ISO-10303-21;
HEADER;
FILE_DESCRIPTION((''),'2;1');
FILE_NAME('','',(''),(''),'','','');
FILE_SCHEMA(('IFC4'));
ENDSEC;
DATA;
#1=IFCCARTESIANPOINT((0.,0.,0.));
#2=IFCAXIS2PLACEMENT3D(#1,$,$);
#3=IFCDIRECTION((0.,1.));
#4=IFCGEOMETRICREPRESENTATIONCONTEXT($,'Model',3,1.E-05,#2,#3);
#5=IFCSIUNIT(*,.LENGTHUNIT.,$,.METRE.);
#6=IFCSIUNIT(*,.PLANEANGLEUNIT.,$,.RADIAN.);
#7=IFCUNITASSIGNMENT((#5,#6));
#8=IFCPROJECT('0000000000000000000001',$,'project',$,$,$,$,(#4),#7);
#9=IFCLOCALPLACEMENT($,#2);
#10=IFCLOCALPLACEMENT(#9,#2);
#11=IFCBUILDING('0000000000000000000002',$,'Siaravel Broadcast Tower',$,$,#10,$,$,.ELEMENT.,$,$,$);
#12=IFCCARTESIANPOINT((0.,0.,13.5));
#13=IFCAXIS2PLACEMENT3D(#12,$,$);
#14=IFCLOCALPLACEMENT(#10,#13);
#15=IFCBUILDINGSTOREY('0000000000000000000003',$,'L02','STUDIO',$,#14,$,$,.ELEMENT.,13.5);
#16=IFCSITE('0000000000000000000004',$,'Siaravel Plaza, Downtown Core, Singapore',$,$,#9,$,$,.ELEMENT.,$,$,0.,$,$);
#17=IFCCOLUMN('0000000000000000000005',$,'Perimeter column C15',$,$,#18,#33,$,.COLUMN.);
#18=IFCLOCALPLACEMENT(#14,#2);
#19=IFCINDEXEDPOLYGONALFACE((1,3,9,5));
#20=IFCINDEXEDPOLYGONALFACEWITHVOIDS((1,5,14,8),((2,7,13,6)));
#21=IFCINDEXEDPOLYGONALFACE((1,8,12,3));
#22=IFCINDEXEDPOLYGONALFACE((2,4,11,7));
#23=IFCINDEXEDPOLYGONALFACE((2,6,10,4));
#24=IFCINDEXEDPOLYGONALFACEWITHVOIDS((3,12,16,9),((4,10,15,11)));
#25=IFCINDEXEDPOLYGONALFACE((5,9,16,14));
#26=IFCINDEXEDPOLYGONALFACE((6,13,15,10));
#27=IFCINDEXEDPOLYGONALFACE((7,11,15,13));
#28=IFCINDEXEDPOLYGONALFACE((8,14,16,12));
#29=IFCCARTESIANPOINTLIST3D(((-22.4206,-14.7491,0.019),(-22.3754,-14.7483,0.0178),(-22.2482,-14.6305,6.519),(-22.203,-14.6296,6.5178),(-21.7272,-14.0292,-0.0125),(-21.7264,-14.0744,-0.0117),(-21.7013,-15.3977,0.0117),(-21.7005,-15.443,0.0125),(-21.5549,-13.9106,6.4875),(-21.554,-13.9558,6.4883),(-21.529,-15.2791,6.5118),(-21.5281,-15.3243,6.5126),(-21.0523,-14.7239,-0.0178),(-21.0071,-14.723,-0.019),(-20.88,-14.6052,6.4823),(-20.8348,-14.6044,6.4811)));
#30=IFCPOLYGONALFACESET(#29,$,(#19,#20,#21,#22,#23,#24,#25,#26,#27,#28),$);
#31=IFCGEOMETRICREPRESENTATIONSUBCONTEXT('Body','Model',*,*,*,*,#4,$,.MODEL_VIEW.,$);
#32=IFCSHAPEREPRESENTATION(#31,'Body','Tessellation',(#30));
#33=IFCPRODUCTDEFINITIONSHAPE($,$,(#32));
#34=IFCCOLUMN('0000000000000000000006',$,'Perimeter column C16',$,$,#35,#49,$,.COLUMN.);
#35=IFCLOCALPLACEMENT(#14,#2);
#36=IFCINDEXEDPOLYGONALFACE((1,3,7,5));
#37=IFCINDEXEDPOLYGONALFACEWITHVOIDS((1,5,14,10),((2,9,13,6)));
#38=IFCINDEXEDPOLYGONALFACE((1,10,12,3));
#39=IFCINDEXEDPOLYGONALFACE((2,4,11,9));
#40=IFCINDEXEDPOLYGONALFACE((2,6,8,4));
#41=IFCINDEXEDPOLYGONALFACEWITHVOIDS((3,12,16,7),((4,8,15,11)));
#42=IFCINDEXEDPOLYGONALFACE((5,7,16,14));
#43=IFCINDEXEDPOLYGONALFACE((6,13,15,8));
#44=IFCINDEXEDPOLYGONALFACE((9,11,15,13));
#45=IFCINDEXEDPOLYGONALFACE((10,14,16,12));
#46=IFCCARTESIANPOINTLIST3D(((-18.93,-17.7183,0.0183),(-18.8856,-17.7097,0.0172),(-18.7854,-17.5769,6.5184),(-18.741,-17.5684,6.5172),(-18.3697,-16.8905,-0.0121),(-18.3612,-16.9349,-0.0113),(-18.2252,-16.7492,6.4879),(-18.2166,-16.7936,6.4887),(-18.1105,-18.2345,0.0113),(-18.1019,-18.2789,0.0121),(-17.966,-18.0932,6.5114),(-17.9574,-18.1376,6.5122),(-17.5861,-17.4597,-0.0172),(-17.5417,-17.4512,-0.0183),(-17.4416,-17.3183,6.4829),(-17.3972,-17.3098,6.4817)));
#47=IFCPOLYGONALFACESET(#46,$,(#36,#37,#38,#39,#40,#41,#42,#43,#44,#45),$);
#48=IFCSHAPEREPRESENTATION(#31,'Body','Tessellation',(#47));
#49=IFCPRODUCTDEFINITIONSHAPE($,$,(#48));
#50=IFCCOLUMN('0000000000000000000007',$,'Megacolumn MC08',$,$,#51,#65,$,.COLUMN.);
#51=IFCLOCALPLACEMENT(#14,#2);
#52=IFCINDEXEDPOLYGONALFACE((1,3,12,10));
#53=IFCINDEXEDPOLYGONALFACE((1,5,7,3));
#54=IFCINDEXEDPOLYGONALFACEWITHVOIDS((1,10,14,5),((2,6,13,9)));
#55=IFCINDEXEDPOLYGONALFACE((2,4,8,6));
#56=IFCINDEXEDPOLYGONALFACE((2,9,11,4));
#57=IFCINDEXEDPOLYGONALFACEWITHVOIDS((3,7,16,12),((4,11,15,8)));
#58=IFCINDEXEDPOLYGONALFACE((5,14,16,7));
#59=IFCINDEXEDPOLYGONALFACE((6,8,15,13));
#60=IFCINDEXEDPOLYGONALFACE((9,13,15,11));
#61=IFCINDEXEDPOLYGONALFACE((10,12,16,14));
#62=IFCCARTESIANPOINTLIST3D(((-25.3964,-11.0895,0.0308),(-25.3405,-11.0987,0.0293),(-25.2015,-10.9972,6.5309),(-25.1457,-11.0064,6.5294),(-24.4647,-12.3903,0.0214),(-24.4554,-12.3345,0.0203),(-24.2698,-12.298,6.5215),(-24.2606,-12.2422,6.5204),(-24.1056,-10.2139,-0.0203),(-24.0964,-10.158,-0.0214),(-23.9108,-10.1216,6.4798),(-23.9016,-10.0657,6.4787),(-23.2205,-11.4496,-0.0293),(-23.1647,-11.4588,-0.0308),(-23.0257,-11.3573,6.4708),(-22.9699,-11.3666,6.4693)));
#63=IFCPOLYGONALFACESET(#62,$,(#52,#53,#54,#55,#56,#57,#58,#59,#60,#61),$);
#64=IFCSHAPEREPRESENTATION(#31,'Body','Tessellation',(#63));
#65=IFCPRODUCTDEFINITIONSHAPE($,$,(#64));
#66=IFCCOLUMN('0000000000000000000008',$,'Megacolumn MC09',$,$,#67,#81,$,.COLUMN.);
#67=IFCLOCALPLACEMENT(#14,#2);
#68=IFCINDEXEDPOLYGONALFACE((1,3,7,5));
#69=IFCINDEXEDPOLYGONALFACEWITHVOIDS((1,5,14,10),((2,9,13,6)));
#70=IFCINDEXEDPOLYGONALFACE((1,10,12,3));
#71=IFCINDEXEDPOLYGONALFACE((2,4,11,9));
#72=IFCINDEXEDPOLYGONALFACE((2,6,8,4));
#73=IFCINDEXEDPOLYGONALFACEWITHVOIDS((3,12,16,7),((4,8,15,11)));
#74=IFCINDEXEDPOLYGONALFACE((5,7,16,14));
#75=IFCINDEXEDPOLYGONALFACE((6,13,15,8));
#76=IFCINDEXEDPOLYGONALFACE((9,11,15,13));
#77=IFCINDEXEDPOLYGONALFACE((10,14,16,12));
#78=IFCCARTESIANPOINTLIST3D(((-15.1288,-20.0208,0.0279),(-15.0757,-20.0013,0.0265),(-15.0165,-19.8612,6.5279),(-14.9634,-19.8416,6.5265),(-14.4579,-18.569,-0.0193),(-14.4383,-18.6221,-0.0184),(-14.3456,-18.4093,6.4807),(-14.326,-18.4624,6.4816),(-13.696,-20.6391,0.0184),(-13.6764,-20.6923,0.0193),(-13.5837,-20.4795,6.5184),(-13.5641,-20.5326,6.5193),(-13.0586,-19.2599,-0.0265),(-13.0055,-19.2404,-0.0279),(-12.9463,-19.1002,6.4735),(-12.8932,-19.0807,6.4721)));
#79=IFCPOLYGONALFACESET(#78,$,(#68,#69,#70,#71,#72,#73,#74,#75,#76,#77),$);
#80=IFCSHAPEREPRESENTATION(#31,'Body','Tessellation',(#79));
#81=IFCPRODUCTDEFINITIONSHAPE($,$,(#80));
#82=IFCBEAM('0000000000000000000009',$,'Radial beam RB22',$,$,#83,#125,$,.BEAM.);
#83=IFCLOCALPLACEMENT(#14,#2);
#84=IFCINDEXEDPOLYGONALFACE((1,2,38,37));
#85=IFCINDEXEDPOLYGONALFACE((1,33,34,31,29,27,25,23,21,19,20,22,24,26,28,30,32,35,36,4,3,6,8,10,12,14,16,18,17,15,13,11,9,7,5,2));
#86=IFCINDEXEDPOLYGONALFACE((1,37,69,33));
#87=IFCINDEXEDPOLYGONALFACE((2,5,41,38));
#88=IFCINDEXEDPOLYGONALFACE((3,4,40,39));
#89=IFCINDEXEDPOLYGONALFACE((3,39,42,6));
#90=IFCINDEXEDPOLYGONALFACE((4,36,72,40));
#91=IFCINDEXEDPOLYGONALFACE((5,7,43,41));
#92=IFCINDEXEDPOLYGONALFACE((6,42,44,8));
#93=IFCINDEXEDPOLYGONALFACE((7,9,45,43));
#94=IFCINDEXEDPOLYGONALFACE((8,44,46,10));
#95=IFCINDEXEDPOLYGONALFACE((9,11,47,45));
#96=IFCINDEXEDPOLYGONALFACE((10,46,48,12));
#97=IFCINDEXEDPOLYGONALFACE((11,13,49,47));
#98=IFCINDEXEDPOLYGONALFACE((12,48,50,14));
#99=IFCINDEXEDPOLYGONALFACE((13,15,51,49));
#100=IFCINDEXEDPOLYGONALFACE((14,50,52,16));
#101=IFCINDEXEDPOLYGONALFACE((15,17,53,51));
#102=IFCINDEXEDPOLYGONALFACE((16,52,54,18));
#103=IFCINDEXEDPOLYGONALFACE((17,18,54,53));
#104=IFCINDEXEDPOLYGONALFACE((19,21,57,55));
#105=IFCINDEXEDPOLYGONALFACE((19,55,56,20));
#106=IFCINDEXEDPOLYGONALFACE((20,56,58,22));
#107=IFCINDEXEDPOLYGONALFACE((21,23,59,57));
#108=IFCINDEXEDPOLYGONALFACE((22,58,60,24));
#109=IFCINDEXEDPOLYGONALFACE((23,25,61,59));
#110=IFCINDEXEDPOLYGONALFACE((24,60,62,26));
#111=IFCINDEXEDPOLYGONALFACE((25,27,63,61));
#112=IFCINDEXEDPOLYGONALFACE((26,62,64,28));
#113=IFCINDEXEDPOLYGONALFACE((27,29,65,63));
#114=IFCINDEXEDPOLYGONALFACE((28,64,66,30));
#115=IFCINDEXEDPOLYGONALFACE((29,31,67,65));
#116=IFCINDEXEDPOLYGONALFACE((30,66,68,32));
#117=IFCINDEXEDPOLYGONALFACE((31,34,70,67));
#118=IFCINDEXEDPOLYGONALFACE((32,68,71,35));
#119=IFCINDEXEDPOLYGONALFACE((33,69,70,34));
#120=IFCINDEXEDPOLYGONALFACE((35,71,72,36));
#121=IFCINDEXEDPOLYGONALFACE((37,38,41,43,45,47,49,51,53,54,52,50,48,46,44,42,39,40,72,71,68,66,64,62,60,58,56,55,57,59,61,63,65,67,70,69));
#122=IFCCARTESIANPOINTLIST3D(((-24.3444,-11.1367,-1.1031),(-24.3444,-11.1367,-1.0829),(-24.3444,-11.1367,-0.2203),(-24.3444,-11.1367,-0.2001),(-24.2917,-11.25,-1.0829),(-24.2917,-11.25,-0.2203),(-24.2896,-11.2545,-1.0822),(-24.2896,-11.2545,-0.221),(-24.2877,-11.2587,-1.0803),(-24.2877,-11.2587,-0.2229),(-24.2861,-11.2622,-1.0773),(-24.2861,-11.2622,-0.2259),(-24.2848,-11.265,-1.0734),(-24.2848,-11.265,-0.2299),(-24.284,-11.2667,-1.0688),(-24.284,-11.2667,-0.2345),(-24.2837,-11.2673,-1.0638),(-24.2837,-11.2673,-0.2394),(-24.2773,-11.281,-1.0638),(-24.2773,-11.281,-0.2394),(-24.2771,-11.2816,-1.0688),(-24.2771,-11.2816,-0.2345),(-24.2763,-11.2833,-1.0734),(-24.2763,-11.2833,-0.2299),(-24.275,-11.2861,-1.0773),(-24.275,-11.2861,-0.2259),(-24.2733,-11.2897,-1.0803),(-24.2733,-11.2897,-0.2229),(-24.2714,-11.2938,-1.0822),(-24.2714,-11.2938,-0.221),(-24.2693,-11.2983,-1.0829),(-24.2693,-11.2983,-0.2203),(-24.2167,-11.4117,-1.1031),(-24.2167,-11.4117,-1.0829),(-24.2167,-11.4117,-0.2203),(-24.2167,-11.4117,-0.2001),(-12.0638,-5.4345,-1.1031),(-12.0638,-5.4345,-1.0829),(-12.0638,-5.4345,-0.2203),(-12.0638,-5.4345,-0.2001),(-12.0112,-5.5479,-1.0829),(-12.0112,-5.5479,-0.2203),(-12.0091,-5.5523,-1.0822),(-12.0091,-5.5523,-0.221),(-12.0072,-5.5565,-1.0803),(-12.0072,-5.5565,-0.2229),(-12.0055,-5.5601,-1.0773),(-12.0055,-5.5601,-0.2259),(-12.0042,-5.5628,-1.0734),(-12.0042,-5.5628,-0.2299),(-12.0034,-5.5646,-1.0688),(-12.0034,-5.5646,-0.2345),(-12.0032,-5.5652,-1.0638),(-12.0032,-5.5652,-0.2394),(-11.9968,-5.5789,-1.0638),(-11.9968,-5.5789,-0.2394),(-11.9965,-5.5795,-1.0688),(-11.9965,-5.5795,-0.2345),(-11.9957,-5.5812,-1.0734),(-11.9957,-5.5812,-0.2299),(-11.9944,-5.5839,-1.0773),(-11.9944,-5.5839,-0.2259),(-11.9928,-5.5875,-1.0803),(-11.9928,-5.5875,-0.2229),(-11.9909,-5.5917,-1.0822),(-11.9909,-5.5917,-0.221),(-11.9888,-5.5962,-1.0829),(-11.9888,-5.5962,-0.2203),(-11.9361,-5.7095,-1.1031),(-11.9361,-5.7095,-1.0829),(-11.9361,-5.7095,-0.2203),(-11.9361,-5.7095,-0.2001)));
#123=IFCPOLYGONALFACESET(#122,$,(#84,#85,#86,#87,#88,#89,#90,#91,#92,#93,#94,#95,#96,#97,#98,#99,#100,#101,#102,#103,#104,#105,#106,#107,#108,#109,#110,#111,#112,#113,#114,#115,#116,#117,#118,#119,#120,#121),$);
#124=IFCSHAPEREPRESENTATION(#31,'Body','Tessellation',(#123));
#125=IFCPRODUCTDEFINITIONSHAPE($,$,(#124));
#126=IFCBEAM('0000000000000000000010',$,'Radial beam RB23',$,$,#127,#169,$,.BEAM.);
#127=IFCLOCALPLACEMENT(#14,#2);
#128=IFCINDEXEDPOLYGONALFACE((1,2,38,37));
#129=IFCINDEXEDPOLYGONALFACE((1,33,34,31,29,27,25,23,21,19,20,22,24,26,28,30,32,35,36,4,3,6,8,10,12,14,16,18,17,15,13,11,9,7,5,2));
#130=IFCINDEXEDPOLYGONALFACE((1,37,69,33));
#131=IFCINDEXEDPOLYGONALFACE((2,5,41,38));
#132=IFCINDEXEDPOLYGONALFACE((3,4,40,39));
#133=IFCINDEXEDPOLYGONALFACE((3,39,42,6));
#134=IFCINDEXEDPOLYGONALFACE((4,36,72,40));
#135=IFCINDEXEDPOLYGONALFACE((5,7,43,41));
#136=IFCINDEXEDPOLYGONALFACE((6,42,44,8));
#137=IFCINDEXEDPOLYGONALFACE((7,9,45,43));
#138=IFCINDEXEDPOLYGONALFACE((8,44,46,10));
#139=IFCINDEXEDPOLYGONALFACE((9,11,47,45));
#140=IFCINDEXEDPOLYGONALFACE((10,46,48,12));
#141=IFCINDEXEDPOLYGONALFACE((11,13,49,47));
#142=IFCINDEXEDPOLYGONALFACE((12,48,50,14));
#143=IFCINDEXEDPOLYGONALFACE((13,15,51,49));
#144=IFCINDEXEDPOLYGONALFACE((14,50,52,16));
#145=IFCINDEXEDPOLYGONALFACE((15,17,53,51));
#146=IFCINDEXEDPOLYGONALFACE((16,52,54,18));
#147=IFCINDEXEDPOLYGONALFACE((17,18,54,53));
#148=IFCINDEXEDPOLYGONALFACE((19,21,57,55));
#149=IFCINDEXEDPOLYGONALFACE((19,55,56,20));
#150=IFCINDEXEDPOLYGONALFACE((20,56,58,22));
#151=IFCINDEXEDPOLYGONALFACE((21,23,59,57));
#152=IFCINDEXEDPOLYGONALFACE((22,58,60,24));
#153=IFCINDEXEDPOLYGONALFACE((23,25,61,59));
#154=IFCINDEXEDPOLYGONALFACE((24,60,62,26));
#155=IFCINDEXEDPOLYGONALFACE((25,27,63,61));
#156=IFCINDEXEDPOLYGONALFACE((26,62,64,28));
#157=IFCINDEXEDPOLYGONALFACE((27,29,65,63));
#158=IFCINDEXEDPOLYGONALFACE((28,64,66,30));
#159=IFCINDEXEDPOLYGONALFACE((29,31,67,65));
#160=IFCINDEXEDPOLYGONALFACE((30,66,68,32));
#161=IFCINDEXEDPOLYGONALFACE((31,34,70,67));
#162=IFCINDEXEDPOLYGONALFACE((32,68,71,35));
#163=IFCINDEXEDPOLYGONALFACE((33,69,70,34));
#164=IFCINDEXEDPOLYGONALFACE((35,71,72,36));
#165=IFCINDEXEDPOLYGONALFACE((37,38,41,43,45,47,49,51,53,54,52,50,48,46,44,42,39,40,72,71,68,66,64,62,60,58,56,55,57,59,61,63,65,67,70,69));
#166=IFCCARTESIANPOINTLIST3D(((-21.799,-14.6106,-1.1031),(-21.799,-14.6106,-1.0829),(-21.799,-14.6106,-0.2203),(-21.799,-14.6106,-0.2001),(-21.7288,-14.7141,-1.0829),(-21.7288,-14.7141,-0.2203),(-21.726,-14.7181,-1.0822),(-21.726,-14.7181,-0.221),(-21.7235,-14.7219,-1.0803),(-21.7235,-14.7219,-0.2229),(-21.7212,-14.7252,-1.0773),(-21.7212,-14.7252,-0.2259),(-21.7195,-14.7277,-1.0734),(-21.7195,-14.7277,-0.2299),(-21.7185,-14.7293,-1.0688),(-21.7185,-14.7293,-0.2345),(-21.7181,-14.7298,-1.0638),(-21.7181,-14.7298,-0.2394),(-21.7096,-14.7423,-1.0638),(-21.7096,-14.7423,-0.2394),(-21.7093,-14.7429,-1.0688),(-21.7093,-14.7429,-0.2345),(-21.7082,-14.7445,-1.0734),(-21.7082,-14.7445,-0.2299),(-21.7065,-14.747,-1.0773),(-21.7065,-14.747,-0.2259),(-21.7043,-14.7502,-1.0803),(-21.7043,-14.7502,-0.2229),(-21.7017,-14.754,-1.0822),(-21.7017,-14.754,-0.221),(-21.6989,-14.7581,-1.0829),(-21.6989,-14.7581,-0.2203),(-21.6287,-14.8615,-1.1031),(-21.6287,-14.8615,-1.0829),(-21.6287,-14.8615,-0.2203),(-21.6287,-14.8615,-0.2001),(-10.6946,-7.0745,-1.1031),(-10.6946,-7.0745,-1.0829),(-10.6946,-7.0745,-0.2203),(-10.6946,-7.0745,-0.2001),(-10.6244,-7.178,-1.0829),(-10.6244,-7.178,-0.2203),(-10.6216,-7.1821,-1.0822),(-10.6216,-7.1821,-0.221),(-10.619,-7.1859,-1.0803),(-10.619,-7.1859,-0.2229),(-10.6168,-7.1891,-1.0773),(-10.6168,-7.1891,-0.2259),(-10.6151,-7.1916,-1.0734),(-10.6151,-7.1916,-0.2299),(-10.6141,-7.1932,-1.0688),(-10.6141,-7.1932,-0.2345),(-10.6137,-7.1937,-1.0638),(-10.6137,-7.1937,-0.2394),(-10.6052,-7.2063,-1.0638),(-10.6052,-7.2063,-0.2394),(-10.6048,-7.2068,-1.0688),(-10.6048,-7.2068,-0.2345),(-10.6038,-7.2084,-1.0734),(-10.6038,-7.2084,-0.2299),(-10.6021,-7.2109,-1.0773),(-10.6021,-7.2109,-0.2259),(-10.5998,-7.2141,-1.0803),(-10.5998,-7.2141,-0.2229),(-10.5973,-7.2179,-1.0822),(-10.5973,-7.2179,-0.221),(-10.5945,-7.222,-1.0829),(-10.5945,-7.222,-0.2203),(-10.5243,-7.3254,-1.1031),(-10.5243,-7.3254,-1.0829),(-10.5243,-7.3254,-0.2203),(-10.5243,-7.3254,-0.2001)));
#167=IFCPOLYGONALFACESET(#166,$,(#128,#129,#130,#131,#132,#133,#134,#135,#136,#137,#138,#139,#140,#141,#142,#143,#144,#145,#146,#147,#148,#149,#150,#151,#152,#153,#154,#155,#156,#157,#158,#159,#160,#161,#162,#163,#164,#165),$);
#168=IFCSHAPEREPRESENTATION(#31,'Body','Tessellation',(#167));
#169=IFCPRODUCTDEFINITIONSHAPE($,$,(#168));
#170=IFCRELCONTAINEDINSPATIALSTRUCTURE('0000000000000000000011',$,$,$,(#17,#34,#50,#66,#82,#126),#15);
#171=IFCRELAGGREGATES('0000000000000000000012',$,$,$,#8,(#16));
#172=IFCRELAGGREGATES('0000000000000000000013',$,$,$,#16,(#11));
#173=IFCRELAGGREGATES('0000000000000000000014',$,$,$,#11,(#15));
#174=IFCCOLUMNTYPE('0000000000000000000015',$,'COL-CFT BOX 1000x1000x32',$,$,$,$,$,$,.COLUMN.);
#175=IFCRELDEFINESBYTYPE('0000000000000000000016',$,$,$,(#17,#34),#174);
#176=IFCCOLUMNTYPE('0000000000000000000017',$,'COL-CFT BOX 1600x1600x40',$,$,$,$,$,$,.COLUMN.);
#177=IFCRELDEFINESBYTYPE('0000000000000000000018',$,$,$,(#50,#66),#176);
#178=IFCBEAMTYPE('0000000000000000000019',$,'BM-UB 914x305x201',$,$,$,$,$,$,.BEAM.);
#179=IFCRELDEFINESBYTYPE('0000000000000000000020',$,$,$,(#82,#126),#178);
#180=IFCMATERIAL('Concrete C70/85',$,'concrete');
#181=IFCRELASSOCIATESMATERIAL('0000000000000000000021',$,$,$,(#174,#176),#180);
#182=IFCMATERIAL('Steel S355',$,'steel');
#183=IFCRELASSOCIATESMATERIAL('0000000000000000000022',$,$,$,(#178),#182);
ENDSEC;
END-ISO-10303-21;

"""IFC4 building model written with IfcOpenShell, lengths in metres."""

from ifc_helpers import new_model, si_unit, direction, frame, origin, origin_2d, place, context, subcontext, project, spatial, hollow_rectangle, i_section, extrude, material, material_profile, profile_set, type_object, element, save


model = new_model("IFC4")

# Units and contexts
model_context = context("Model", 3, precision=1e-05, world=origin(), true_north=direction((0.0, 1.0)))
body_context = subcontext(model_context, "Body", "Model", "MODEL_VIEW")
ifc_project = project(units=[si_unit("LENGTHUNIT", "METRE"), si_unit("PLANEANGLEUNIT", "RADIAN")], contexts=[model_context])

# Site, building, storey
site_placement = place(None, origin())
site = spatial("IfcSite", under=ifc_project, at=site_placement, Name="Siaravel Plaza, Downtown Core, Singapore", CompositionType="ELEMENT", RefElevation=0.0)
building_placement = place(site_placement, origin())
building = spatial("IfcBuilding", under=site, at=building_placement, Name="Siaravel Broadcast Tower", CompositionType="ELEMENT")
storey_placement = place(building_placement, frame((0.0, 0.0, 13.5)))
storey = spatial("IfcBuildingStorey", under=building, at=storey_placement, Name="L02", Description="STUDIO", CompositionType="ELEMENT", Elevation=13.5)

# Columns
ifc_material_1 = material(Name="Concrete C70/85", Category="concrete")
ifc_material_profile_1 = material_profile(ifc_material_1, hollow_rectangle(XDim=1.0, YDim=1.0, WallThickness=0.032, at=origin_2d()))
ifc_profile_set_1 = profile_set([ifc_material_profile_1], Name="Concrete C70/85")
column_type_1 = type_object("IfcColumnType", Name="COL-CFT BOX 1000x1000x32", PredefinedType="COLUMN", material=ifc_profile_set_1)
column_1_placement = place(storey_placement, frame((-21.7139, -14.7361, 0.0), z_axis=(0.026504, 0.018245, 0.999482), x_axis=(-0.720114, 0.693826, 0.00643)))
element("IfcColumn", 1, at=column_1_placement, inside=storey, type_object=column_type_1, Name="Perimeter column C15", PredefinedType="COLUMN", context=body_context, shape_type="SweptSolid", body=[
    extrude(hollow_rectangle(XDim=1.0, YDim=1.0, WallThickness=0.032, at=origin_2d()), origin(), (0.0, 0.0, 1.0), 6.5034),
])
column_2_placement = place(storey_placement, frame((-18.2358, -17.5847, 0.0), z_axis=(0.022225, 0.021737, 0.999517), x_axis=(-0.82803, 0.56065, 0.006219)))
element("IfcColumn", 2, at=column_2_placement, inside=storey, type_object=column_type_1, Name="Perimeter column C16", PredefinedType="COLUMN", context=body_context, shape_type="SweptSolid", body=[
    extrude(hollow_rectangle(XDim=1.0, YDim=1.0, WallThickness=0.032, at=origin_2d()), origin(), (0.0, 0.0, 1.0), 6.5032),
])
ifc_material_profile_2 = material_profile(ifc_material_1, hollow_rectangle(XDim=1.6001, YDim=1.6001, WallThickness=0.04, at=origin_2d()))
ifc_profile_set_2 = profile_set([ifc_material_profile_2], Name="Concrete C70/85")
column_type_2 = type_object("IfcColumnType", Name="COL-CFT BOX 1600x1600x40", PredefinedType="COLUMN", material=ifc_profile_set_2)
column_3_placement = place(storey_placement, frame((-24.2805, -11.2742, 0.0), z_axis=(0.029956, 0.01419, 0.99945), x_axis=(-0.582278, 0.812968, 0.00591)))
element("IfcColumn", 3, at=column_3_placement, inside=storey, type_object=column_type_2, Name="Megacolumn MC08", PredefinedType="COLUMN", context=body_context, shape_type="SweptSolid", body=[
    extrude(hollow_rectangle(XDim=1.6001, YDim=1.6001, WallThickness=0.04, at=origin_2d()), origin(), (0.0, 0.0, 1.0), 6.5037),
])
column_4_placement = place(storey_placement, frame((-14.0671, -19.6306, 0.0), z_axis=(0.01727, 0.024553, 0.999549), x_axis=(-0.907686, 0.419616, 0.005375)))
element("IfcColumn", 4, at=column_4_placement, inside=storey, type_object=column_type_2, Name="Megacolumn MC09", PredefinedType="COLUMN", context=body_context, shape_type="SweptSolid", body=[
    extrude(hollow_rectangle(XDim=1.6001, YDim=1.6001, WallThickness=0.04, at=origin_2d()), origin(), (0.0, 0.0, 1.0), 6.5029),
])

# Beams
ifc_material_2 = material(Name="Steel S355", Category="steel")
ifc_material_profile_3 = material_profile(ifc_material_2, i_section(OverallWidth=0.3032, OverallDepth=0.9031, WebThickness=0.0151, FlangeThickness=0.0203, FilletRadius=0.019, at=origin_2d()))
ifc_profile_set_3 = profile_set([ifc_material_profile_3], Name="Steel S355")
beam_type = type_object("IfcBeamType", Name="BM-UB 914x305x201", PredefinedType="BEAM", material=ifc_profile_set_3)
beam_1_placement = place(storey_placement, frame((-24.2805, -11.2742, -0.6516), z_axis=(0.906995, 0.42114, 0.0), x_axis=(-0.42114, 0.906995, 0.0)))
element("IfcBeam", 5, at=beam_1_placement, inside=storey, type_object=beam_type, Name="Radial beam RB22", PredefinedType="BEAM", context=body_context, shape_type="SweptSolid", body=[
    extrude(i_section(OverallWidth=0.3032, OverallDepth=0.9031, WebThickness=0.0151, FlangeThickness=0.0203, FilletRadius=0.019, at=origin_2d()), origin(), (0.0, 0.0, 1.0), 13.5398),
])
beam_2_placement = place(storey_placement, frame((-21.7139, -14.7361, -0.6516), z_axis=(0.827443, 0.561549, 0.0), x_axis=(-0.561549, 0.827443, 0.0)))
element("IfcBeam", 6, at=beam_2_placement, inside=storey, type_object=beam_type, Name="Radial beam RB23", PredefinedType="BEAM", context=body_context, shape_type="SweptSolid", body=[
    extrude(i_section(OverallWidth=0.3032, OverallDepth=0.9031, WebThickness=0.0151, FlangeThickness=0.0203, FilletRadius=0.019, at=origin_2d()), origin(), (0.0, 0.0, 1.0), 13.4202),
])

save(model, "model.ifc")
